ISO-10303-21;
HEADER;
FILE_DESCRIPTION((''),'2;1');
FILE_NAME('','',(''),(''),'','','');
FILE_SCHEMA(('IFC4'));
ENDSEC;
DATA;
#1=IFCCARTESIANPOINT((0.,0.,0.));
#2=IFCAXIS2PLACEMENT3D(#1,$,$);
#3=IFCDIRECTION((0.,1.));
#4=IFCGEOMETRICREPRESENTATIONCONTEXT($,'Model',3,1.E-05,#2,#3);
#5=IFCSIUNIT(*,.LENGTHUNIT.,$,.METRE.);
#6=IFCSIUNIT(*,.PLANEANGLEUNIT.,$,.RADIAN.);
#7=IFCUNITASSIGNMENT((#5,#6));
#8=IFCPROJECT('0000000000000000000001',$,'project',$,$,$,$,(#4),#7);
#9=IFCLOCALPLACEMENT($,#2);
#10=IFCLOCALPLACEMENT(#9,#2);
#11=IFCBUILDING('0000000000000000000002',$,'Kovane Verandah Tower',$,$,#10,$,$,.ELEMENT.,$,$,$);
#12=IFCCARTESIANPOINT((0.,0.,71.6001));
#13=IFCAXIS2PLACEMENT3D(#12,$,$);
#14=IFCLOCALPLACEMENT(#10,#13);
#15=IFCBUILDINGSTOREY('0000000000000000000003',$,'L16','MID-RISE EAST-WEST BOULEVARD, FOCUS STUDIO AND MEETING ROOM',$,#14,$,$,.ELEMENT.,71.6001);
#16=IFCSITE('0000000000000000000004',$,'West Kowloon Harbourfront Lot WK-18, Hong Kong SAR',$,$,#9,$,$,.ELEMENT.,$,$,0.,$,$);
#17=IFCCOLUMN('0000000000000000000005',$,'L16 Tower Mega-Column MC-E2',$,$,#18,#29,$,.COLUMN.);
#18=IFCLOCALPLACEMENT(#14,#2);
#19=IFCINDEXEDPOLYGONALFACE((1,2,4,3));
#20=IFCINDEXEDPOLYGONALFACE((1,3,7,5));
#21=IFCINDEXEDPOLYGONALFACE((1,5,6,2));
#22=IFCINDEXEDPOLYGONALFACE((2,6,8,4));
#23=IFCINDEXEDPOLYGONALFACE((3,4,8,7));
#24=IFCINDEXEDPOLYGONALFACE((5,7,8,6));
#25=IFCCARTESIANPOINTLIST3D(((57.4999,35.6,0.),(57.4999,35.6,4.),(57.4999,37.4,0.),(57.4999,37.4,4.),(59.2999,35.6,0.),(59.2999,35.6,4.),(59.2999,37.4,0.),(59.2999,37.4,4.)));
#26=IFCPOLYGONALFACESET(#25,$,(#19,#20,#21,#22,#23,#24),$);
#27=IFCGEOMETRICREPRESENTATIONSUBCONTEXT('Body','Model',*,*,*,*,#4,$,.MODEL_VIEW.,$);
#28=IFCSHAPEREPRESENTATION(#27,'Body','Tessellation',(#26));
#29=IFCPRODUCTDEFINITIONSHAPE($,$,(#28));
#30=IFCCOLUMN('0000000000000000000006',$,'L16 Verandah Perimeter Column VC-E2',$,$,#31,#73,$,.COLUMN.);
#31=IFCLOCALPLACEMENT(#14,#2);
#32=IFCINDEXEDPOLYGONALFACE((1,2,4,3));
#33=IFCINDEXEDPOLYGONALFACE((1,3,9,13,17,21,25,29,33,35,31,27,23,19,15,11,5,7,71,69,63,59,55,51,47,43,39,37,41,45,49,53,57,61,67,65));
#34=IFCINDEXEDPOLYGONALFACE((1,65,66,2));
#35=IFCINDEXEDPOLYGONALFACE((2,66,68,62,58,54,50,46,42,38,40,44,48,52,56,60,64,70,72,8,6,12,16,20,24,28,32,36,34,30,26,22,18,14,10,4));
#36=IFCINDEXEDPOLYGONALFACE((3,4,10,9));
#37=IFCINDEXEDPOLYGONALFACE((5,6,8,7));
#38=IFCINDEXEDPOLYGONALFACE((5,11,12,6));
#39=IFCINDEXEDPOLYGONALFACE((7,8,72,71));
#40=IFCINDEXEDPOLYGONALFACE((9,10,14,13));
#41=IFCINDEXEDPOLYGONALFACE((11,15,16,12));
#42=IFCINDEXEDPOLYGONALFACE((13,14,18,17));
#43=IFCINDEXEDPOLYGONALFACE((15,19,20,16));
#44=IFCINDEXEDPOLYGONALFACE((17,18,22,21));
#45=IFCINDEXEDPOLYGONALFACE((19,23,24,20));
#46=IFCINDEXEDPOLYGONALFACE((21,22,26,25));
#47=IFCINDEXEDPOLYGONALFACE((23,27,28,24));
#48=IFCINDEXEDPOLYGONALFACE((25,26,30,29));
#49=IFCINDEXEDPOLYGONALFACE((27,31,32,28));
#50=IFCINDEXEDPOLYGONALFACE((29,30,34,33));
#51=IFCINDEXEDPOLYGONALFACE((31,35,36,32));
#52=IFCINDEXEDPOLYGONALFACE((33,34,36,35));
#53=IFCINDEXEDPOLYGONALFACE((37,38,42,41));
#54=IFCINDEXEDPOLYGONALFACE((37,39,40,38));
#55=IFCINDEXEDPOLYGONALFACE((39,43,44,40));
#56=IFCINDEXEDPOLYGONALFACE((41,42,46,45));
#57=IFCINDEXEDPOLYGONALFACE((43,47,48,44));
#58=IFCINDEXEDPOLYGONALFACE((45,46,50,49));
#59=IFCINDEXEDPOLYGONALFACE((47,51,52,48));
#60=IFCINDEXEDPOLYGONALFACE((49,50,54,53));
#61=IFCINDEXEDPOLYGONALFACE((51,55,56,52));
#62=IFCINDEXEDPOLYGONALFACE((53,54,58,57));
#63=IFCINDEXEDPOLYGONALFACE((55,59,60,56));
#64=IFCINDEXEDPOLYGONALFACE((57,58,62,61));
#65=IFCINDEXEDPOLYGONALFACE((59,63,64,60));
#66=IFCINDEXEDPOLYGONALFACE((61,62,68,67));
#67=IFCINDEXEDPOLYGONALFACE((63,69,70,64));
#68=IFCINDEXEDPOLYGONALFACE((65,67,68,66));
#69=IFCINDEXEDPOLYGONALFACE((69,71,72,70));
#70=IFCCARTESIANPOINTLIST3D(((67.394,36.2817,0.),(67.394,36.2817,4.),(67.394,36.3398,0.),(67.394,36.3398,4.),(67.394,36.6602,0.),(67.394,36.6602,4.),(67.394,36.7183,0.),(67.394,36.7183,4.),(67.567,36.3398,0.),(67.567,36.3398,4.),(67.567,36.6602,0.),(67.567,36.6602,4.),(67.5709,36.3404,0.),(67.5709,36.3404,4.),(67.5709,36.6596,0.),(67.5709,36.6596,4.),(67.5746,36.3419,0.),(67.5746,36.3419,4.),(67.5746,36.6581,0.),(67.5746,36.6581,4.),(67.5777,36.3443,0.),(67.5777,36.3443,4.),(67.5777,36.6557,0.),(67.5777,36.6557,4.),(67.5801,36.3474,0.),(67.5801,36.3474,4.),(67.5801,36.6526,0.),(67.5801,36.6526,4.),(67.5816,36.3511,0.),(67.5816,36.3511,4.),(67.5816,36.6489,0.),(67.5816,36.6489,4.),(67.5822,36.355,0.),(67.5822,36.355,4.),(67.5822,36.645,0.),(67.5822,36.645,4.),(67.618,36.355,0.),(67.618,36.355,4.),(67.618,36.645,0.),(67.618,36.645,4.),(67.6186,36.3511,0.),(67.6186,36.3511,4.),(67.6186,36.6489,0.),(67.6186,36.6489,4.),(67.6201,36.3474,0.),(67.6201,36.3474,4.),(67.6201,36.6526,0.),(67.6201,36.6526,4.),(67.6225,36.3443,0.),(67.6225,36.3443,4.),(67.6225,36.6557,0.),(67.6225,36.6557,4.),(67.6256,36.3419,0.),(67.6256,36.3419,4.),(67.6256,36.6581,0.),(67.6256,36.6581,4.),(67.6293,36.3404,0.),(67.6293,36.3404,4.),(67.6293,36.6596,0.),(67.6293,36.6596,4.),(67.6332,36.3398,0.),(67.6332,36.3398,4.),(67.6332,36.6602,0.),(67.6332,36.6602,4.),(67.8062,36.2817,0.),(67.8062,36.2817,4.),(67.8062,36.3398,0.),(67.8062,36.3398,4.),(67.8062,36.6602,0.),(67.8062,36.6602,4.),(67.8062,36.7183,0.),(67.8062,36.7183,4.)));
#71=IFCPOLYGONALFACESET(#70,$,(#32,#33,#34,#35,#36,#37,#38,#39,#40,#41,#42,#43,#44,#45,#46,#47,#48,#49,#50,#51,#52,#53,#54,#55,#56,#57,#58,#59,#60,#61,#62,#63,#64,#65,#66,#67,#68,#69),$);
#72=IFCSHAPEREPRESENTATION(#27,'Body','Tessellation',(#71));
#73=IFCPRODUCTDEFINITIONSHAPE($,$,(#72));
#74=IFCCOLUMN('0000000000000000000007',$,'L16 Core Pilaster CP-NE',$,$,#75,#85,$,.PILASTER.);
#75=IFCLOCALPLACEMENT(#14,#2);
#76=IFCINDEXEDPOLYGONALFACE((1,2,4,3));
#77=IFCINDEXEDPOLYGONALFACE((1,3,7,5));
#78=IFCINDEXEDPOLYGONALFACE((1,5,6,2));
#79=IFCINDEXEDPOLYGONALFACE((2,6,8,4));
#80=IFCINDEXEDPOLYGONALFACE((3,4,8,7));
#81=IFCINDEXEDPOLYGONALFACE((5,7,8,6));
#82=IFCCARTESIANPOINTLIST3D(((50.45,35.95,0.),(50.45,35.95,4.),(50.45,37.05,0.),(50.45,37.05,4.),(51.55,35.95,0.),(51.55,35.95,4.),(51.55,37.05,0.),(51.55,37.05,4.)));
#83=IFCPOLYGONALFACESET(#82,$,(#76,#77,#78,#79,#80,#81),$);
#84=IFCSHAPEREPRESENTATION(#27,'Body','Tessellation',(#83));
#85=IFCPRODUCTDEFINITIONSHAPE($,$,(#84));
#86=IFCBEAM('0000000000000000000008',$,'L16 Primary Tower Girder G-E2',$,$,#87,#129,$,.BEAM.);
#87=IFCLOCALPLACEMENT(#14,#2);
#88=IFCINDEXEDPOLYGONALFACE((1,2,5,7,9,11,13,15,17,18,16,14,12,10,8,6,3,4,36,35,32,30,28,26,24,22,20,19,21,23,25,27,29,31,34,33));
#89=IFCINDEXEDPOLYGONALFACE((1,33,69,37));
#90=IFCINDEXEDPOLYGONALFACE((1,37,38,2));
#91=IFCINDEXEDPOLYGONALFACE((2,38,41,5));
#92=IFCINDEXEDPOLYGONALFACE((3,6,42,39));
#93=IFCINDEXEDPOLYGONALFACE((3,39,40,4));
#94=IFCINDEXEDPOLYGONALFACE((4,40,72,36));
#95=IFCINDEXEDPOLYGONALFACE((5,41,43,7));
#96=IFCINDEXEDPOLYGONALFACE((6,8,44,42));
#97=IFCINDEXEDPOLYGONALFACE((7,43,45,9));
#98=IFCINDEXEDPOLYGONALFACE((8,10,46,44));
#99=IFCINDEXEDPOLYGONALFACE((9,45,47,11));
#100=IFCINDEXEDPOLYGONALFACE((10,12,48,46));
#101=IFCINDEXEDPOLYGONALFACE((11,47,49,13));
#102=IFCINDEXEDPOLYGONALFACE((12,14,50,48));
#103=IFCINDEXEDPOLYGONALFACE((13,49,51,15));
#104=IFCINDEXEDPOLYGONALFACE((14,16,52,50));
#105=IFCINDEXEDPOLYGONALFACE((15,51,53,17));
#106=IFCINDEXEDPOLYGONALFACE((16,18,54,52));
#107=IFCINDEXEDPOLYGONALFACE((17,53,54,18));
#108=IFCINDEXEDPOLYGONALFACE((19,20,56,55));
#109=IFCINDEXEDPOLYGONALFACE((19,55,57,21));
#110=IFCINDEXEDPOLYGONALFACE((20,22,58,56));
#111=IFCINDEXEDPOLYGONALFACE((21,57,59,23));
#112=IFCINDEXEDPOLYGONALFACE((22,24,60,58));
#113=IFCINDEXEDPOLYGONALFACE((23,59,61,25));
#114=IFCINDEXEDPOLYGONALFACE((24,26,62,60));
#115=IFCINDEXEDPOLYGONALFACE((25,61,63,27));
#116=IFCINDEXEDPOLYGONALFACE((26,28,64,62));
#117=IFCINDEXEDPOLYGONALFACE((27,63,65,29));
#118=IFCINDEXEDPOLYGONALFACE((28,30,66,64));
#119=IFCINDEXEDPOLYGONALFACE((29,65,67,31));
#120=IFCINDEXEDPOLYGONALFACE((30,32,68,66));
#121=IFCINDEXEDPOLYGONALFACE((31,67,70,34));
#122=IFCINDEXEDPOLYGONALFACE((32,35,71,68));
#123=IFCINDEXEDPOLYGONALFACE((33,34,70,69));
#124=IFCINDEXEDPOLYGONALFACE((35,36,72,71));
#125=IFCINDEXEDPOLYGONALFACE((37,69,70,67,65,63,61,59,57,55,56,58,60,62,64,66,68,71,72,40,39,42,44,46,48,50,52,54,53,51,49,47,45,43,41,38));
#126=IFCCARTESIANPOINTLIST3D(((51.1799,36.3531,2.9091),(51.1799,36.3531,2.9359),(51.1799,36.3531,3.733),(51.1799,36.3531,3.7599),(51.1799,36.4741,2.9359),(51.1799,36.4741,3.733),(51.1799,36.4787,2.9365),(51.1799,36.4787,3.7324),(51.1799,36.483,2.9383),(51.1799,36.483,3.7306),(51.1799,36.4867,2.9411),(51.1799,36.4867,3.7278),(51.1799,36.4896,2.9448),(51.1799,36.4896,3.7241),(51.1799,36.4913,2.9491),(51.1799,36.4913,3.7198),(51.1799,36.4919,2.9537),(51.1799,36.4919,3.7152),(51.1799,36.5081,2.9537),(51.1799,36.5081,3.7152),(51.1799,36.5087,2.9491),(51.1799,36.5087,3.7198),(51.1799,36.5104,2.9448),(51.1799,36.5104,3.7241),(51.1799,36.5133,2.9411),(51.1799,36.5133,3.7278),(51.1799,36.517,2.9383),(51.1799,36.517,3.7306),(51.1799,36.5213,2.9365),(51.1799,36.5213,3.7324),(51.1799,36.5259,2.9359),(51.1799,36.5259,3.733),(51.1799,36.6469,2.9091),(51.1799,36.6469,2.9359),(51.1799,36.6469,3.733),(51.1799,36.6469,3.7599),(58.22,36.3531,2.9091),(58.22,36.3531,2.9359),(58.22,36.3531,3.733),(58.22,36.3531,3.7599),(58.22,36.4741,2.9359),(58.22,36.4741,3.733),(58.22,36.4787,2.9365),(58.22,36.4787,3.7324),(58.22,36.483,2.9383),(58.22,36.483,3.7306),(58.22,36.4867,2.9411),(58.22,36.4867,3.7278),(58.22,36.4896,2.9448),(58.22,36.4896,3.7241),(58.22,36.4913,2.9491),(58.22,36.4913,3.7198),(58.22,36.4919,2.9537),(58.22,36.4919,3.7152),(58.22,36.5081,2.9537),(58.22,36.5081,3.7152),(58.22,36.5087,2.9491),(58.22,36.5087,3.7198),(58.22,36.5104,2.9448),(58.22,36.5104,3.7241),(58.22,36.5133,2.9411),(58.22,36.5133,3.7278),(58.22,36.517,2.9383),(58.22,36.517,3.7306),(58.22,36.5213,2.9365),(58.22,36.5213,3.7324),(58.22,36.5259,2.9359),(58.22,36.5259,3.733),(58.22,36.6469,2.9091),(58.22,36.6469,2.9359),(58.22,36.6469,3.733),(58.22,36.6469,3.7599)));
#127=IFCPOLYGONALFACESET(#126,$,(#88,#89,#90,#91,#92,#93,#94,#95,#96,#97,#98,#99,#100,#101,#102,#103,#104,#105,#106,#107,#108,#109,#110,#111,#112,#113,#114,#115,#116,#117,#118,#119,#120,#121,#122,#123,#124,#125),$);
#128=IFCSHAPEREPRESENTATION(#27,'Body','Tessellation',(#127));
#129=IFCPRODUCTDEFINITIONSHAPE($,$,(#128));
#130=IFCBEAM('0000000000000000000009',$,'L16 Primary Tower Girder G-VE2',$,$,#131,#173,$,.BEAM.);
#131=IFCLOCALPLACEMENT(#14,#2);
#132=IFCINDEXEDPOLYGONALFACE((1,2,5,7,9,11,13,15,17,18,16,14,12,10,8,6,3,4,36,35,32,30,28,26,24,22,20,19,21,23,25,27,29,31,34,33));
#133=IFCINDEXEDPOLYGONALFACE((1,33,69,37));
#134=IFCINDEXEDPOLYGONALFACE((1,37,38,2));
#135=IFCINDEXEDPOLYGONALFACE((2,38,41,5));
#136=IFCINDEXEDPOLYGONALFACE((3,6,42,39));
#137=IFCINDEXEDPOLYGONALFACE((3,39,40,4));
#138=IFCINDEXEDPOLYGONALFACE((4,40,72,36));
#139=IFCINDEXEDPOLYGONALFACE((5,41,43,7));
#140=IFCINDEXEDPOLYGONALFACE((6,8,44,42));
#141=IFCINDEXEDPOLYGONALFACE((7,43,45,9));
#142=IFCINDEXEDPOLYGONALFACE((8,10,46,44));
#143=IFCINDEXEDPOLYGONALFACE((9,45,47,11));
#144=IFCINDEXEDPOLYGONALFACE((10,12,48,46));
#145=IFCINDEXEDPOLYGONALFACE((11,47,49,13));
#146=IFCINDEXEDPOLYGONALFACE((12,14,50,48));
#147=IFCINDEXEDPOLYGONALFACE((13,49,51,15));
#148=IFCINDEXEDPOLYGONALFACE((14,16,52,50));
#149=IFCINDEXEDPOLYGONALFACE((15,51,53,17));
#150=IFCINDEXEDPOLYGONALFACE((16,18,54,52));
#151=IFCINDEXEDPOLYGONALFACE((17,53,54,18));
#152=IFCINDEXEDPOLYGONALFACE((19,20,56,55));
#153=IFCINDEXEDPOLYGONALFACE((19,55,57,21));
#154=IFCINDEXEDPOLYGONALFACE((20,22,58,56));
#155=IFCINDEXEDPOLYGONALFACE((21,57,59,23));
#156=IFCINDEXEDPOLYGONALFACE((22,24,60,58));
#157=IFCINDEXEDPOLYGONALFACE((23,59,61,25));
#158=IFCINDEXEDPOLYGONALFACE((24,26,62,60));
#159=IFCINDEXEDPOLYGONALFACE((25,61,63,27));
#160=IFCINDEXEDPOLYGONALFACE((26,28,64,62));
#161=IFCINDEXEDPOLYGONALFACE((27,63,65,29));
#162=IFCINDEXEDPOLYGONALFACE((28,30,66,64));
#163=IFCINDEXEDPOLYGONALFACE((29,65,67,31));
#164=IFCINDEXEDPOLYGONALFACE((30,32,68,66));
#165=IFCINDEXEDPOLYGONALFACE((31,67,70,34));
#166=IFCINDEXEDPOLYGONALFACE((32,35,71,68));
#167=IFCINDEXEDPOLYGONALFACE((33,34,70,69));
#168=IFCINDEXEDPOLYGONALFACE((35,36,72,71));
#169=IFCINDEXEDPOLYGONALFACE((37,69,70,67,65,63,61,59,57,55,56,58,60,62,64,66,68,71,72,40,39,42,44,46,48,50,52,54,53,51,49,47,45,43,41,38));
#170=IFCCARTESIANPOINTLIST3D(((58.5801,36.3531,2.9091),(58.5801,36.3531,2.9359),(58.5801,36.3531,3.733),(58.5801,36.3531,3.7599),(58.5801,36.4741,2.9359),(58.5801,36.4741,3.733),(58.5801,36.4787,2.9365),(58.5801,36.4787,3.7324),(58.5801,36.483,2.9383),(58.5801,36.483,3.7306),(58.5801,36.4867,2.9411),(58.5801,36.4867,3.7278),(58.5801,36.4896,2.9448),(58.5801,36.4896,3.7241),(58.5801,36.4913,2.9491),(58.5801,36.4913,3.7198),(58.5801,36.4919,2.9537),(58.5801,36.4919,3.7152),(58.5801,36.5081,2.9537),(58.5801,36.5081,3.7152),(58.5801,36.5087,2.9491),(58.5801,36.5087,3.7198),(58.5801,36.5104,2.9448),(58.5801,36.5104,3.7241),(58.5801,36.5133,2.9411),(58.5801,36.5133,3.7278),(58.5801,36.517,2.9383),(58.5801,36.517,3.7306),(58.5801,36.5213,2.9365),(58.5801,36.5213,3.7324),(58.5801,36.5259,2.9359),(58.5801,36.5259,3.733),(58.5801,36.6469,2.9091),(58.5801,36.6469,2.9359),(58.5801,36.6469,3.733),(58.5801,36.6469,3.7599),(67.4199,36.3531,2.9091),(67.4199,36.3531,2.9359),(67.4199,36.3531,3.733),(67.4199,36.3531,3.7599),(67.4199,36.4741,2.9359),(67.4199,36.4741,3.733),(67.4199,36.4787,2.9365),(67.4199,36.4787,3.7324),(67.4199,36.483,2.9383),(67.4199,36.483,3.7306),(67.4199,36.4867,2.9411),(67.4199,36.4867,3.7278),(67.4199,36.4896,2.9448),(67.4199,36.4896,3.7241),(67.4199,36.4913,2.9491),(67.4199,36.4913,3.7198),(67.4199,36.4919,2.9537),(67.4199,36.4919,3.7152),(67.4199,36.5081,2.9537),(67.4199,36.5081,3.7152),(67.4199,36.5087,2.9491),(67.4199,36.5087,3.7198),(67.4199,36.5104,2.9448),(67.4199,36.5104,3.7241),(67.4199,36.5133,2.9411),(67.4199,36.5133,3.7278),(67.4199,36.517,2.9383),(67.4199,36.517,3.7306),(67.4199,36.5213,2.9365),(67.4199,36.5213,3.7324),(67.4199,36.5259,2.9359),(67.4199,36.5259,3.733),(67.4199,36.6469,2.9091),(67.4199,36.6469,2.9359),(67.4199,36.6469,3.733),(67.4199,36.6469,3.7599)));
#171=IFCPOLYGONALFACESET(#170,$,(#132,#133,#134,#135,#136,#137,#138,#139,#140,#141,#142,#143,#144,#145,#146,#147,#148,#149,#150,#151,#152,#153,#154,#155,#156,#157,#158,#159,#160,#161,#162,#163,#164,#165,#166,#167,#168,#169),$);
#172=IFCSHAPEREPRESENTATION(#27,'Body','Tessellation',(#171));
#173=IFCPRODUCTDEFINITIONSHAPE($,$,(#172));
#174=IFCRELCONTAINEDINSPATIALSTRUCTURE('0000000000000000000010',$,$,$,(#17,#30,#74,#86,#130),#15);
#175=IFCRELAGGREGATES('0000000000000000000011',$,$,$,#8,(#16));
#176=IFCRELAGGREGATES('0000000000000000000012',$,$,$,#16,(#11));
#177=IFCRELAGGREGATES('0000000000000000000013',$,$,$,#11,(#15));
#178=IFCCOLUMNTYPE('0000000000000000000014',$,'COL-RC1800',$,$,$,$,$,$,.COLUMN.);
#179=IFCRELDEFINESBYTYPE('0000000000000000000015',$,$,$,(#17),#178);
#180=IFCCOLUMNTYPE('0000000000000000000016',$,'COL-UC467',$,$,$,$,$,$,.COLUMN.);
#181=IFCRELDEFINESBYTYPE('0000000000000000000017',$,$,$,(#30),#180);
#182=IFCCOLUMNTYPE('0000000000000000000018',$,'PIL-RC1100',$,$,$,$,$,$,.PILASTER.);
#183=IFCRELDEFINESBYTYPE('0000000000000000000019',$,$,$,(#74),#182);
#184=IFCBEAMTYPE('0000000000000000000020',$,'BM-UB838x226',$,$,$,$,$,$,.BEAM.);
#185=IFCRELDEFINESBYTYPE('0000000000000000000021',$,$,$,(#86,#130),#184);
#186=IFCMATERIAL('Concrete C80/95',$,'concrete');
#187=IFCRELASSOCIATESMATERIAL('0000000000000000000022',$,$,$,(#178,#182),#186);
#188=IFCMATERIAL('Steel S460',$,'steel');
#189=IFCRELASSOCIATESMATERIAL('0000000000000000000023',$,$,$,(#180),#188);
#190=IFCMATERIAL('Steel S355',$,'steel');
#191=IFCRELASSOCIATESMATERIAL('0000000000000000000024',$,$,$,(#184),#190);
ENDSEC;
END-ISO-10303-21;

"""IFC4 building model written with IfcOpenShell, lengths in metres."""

from ifc_helpers import new_model, si_unit, direction, frame, origin, origin_2d, place, context, subcontext, project, spatial, rectangle, i_section, extrude, material, material_profile, profile_set, type_object, element, save


model = new_model("IFC4")

# Units and contexts
model_context = context("Model", 3, precision=1e-05, world=origin(), true_north=direction((0.0, 1.0)))
body_context = subcontext(model_context, "Body", "Model", "MODEL_VIEW")
ifc_project = project(units=[si_unit("LENGTHUNIT", "METRE"), si_unit("PLANEANGLEUNIT", "RADIAN")], contexts=[model_context])

# Site, building, storey
site_placement = place(None, origin())
site = spatial("IfcSite", under=ifc_project, at=site_placement, Name="West Kowloon Harbourfront Lot WK-18, Hong Kong SAR", CompositionType="ELEMENT", RefElevation=0.0)
building_placement = place(site_placement, origin())
building = spatial("IfcBuilding", under=site, at=building_placement, Name="Kovane Verandah Tower", CompositionType="ELEMENT")
storey_placement = place(building_placement, frame((0.0, 0.0, 71.6001)))
storey = spatial("IfcBuildingStorey", under=building, at=storey_placement, Name="L16", Description="MID-RISE EAST-WEST BOULEVARD, FOCUS STUDIO AND MEETING ROOM", CompositionType="ELEMENT", Elevation=71.6001)

# Columns
ifc_material_1 = material(Name="Concrete C80/95", Category="concrete")
ifc_material_profile_1 = material_profile(ifc_material_1, rectangle(XDim=1.8, YDim=1.8, at=origin_2d()), Name="RC1800x1800")
ifc_profile_set_1 = profile_set([ifc_material_profile_1], Name="Concrete C80/95")
column_type_1 = type_object("IfcColumnType", Name="COL-RC1800", PredefinedType="COLUMN", material=ifc_profile_set_1)
column_1_placement = place(storey_placement, frame((58.3999, 36.5, 0.0), z_axis=(0.0, 0.0, 1.0), x_axis=(1.0, 0.0, 0.0)))
element("IfcColumn", 1, at=column_1_placement, inside=storey, type_object=column_type_1, Name="L16 Tower Mega-Column MC-E2", PredefinedType="COLUMN", context=body_context, shape_type="SweptSolid", body=[
    extrude(rectangle(XDim=1.8, YDim=1.8, at=origin_2d()), origin(), (0.0, 0.0, 1.0), 4.0),
])
ifc_material_2 = material(Name="Steel S460", Category="steel")
ifc_material_profile_2 = material_profile(ifc_material_2, i_section(OverallWidth=0.4121, OverallDepth=0.4365, WebThickness=0.0359, FlangeThickness=0.0581, FilletRadius=0.0151, at=origin_2d()), Name="UC356x406x467")
ifc_profile_set_2 = profile_set([ifc_material_profile_2], Name="Steel S460")
column_type_2 = type_object("IfcColumnType", Name="COL-UC467", PredefinedType="COLUMN", material=ifc_profile_set_2)
column_2_placement = place(storey_placement, frame((67.6001, 36.5, 0.0), z_axis=(0.0, 0.0, 1.0), x_axis=(1.0, 0.0, 0.0)))
element("IfcColumn", 2, at=column_2_placement, inside=storey, type_object=column_type_2, Name="L16 Verandah Perimeter Column VC-E2", PredefinedType="COLUMN", context=body_context, shape_type="SweptSolid", body=[
    extrude(i_section(OverallWidth=0.4121, OverallDepth=0.4365, WebThickness=0.0359, FlangeThickness=0.0581, FilletRadius=0.0151, at=origin_2d()), origin(), (0.0, 0.0, 1.0), 4.0),
])
ifc_material_profile_3 = material_profile(ifc_material_1, rectangle(XDim=1.1001, YDim=1.1001, at=origin_2d()), Name="RC1100x1100")
ifc_profile_set_3 = profile_set([ifc_material_profile_3], Name="Concrete C80/95")
column_type_3 = type_object("IfcColumnType", Name="PIL-RC1100", PredefinedType="PILASTER", material=ifc_profile_set_3)
column_3_placement = place(storey_placement, frame((51.0, 36.5, 0.0), z_axis=(0.0, 0.0, 1.0), x_axis=(1.0, 0.0, 0.0)))
element("IfcColumn", 3, at=column_3_placement, inside=storey, type_object=column_type_3, Name="L16 Core Pilaster CP-NE", PredefinedType="PILASTER", context=body_context, shape_type="SweptSolid", body=[
    extrude(rectangle(XDim=1.1001, YDim=1.1001, at=origin_2d()), origin(), (0.0, 0.0, 1.0), 4.0),
])

# Beams
ifc_material_3 = material(Name="Steel S355", Category="steel")
ifc_material_profile_4 = material_profile(ifc_material_3, i_section(OverallWidth=0.2937, OverallDepth=0.8508, WebThickness=0.0161, FlangeThickness=0.0269, FilletRadius=0.0178, at=origin_2d()), Name="UB838x292x226")
ifc_profile_set_4 = profile_set([ifc_material_profile_4], Name="Steel S355")
beam_type_1 = type_object("IfcBeamType", Name="BM-UB838x226", PredefinedType="BEAM", material=ifc_profile_set_4)
beam_1_placement = place(storey_placement, frame((51.1799, 36.5, 3.3345), z_axis=(1.0, 0.0, 0.0), x_axis=(0.0, 1.0, 0.0)))
element("IfcBeam", 4, at=beam_1_placement, inside=storey, type_object=beam_type_1, Name="L16 Primary Tower Girder G-E2", PredefinedType="BEAM", context=body_context, shape_type="SweptSolid", body=[
    extrude(i_section(OverallWidth=0.2937, OverallDepth=0.8508, WebThickness=0.0161, FlangeThickness=0.0269, FilletRadius=0.0178, at=origin_2d()), origin(), (0.0, 0.0, 1.0), 7.04),
])
beam_2_placement = place(storey_placement, frame((58.5801, 36.5, 3.3345), z_axis=(1.0, 0.0, 0.0), x_axis=(0.0, 1.0, 0.0)))
element("IfcBeam", 5, at=beam_2_placement, inside=storey, type_object=beam_type_1, Name="L16 Primary Tower Girder G-VE2", PredefinedType="BEAM", context=body_context, shape_type="SweptSolid", body=[
    extrude(i_section(OverallWidth=0.2937, OverallDepth=0.8508, WebThickness=0.0161, FlangeThickness=0.0269, FilletRadius=0.0178, at=origin_2d()), origin(), (0.0, 0.0, 1.0), 8.8398),
])

save(model, "model.ifc")
